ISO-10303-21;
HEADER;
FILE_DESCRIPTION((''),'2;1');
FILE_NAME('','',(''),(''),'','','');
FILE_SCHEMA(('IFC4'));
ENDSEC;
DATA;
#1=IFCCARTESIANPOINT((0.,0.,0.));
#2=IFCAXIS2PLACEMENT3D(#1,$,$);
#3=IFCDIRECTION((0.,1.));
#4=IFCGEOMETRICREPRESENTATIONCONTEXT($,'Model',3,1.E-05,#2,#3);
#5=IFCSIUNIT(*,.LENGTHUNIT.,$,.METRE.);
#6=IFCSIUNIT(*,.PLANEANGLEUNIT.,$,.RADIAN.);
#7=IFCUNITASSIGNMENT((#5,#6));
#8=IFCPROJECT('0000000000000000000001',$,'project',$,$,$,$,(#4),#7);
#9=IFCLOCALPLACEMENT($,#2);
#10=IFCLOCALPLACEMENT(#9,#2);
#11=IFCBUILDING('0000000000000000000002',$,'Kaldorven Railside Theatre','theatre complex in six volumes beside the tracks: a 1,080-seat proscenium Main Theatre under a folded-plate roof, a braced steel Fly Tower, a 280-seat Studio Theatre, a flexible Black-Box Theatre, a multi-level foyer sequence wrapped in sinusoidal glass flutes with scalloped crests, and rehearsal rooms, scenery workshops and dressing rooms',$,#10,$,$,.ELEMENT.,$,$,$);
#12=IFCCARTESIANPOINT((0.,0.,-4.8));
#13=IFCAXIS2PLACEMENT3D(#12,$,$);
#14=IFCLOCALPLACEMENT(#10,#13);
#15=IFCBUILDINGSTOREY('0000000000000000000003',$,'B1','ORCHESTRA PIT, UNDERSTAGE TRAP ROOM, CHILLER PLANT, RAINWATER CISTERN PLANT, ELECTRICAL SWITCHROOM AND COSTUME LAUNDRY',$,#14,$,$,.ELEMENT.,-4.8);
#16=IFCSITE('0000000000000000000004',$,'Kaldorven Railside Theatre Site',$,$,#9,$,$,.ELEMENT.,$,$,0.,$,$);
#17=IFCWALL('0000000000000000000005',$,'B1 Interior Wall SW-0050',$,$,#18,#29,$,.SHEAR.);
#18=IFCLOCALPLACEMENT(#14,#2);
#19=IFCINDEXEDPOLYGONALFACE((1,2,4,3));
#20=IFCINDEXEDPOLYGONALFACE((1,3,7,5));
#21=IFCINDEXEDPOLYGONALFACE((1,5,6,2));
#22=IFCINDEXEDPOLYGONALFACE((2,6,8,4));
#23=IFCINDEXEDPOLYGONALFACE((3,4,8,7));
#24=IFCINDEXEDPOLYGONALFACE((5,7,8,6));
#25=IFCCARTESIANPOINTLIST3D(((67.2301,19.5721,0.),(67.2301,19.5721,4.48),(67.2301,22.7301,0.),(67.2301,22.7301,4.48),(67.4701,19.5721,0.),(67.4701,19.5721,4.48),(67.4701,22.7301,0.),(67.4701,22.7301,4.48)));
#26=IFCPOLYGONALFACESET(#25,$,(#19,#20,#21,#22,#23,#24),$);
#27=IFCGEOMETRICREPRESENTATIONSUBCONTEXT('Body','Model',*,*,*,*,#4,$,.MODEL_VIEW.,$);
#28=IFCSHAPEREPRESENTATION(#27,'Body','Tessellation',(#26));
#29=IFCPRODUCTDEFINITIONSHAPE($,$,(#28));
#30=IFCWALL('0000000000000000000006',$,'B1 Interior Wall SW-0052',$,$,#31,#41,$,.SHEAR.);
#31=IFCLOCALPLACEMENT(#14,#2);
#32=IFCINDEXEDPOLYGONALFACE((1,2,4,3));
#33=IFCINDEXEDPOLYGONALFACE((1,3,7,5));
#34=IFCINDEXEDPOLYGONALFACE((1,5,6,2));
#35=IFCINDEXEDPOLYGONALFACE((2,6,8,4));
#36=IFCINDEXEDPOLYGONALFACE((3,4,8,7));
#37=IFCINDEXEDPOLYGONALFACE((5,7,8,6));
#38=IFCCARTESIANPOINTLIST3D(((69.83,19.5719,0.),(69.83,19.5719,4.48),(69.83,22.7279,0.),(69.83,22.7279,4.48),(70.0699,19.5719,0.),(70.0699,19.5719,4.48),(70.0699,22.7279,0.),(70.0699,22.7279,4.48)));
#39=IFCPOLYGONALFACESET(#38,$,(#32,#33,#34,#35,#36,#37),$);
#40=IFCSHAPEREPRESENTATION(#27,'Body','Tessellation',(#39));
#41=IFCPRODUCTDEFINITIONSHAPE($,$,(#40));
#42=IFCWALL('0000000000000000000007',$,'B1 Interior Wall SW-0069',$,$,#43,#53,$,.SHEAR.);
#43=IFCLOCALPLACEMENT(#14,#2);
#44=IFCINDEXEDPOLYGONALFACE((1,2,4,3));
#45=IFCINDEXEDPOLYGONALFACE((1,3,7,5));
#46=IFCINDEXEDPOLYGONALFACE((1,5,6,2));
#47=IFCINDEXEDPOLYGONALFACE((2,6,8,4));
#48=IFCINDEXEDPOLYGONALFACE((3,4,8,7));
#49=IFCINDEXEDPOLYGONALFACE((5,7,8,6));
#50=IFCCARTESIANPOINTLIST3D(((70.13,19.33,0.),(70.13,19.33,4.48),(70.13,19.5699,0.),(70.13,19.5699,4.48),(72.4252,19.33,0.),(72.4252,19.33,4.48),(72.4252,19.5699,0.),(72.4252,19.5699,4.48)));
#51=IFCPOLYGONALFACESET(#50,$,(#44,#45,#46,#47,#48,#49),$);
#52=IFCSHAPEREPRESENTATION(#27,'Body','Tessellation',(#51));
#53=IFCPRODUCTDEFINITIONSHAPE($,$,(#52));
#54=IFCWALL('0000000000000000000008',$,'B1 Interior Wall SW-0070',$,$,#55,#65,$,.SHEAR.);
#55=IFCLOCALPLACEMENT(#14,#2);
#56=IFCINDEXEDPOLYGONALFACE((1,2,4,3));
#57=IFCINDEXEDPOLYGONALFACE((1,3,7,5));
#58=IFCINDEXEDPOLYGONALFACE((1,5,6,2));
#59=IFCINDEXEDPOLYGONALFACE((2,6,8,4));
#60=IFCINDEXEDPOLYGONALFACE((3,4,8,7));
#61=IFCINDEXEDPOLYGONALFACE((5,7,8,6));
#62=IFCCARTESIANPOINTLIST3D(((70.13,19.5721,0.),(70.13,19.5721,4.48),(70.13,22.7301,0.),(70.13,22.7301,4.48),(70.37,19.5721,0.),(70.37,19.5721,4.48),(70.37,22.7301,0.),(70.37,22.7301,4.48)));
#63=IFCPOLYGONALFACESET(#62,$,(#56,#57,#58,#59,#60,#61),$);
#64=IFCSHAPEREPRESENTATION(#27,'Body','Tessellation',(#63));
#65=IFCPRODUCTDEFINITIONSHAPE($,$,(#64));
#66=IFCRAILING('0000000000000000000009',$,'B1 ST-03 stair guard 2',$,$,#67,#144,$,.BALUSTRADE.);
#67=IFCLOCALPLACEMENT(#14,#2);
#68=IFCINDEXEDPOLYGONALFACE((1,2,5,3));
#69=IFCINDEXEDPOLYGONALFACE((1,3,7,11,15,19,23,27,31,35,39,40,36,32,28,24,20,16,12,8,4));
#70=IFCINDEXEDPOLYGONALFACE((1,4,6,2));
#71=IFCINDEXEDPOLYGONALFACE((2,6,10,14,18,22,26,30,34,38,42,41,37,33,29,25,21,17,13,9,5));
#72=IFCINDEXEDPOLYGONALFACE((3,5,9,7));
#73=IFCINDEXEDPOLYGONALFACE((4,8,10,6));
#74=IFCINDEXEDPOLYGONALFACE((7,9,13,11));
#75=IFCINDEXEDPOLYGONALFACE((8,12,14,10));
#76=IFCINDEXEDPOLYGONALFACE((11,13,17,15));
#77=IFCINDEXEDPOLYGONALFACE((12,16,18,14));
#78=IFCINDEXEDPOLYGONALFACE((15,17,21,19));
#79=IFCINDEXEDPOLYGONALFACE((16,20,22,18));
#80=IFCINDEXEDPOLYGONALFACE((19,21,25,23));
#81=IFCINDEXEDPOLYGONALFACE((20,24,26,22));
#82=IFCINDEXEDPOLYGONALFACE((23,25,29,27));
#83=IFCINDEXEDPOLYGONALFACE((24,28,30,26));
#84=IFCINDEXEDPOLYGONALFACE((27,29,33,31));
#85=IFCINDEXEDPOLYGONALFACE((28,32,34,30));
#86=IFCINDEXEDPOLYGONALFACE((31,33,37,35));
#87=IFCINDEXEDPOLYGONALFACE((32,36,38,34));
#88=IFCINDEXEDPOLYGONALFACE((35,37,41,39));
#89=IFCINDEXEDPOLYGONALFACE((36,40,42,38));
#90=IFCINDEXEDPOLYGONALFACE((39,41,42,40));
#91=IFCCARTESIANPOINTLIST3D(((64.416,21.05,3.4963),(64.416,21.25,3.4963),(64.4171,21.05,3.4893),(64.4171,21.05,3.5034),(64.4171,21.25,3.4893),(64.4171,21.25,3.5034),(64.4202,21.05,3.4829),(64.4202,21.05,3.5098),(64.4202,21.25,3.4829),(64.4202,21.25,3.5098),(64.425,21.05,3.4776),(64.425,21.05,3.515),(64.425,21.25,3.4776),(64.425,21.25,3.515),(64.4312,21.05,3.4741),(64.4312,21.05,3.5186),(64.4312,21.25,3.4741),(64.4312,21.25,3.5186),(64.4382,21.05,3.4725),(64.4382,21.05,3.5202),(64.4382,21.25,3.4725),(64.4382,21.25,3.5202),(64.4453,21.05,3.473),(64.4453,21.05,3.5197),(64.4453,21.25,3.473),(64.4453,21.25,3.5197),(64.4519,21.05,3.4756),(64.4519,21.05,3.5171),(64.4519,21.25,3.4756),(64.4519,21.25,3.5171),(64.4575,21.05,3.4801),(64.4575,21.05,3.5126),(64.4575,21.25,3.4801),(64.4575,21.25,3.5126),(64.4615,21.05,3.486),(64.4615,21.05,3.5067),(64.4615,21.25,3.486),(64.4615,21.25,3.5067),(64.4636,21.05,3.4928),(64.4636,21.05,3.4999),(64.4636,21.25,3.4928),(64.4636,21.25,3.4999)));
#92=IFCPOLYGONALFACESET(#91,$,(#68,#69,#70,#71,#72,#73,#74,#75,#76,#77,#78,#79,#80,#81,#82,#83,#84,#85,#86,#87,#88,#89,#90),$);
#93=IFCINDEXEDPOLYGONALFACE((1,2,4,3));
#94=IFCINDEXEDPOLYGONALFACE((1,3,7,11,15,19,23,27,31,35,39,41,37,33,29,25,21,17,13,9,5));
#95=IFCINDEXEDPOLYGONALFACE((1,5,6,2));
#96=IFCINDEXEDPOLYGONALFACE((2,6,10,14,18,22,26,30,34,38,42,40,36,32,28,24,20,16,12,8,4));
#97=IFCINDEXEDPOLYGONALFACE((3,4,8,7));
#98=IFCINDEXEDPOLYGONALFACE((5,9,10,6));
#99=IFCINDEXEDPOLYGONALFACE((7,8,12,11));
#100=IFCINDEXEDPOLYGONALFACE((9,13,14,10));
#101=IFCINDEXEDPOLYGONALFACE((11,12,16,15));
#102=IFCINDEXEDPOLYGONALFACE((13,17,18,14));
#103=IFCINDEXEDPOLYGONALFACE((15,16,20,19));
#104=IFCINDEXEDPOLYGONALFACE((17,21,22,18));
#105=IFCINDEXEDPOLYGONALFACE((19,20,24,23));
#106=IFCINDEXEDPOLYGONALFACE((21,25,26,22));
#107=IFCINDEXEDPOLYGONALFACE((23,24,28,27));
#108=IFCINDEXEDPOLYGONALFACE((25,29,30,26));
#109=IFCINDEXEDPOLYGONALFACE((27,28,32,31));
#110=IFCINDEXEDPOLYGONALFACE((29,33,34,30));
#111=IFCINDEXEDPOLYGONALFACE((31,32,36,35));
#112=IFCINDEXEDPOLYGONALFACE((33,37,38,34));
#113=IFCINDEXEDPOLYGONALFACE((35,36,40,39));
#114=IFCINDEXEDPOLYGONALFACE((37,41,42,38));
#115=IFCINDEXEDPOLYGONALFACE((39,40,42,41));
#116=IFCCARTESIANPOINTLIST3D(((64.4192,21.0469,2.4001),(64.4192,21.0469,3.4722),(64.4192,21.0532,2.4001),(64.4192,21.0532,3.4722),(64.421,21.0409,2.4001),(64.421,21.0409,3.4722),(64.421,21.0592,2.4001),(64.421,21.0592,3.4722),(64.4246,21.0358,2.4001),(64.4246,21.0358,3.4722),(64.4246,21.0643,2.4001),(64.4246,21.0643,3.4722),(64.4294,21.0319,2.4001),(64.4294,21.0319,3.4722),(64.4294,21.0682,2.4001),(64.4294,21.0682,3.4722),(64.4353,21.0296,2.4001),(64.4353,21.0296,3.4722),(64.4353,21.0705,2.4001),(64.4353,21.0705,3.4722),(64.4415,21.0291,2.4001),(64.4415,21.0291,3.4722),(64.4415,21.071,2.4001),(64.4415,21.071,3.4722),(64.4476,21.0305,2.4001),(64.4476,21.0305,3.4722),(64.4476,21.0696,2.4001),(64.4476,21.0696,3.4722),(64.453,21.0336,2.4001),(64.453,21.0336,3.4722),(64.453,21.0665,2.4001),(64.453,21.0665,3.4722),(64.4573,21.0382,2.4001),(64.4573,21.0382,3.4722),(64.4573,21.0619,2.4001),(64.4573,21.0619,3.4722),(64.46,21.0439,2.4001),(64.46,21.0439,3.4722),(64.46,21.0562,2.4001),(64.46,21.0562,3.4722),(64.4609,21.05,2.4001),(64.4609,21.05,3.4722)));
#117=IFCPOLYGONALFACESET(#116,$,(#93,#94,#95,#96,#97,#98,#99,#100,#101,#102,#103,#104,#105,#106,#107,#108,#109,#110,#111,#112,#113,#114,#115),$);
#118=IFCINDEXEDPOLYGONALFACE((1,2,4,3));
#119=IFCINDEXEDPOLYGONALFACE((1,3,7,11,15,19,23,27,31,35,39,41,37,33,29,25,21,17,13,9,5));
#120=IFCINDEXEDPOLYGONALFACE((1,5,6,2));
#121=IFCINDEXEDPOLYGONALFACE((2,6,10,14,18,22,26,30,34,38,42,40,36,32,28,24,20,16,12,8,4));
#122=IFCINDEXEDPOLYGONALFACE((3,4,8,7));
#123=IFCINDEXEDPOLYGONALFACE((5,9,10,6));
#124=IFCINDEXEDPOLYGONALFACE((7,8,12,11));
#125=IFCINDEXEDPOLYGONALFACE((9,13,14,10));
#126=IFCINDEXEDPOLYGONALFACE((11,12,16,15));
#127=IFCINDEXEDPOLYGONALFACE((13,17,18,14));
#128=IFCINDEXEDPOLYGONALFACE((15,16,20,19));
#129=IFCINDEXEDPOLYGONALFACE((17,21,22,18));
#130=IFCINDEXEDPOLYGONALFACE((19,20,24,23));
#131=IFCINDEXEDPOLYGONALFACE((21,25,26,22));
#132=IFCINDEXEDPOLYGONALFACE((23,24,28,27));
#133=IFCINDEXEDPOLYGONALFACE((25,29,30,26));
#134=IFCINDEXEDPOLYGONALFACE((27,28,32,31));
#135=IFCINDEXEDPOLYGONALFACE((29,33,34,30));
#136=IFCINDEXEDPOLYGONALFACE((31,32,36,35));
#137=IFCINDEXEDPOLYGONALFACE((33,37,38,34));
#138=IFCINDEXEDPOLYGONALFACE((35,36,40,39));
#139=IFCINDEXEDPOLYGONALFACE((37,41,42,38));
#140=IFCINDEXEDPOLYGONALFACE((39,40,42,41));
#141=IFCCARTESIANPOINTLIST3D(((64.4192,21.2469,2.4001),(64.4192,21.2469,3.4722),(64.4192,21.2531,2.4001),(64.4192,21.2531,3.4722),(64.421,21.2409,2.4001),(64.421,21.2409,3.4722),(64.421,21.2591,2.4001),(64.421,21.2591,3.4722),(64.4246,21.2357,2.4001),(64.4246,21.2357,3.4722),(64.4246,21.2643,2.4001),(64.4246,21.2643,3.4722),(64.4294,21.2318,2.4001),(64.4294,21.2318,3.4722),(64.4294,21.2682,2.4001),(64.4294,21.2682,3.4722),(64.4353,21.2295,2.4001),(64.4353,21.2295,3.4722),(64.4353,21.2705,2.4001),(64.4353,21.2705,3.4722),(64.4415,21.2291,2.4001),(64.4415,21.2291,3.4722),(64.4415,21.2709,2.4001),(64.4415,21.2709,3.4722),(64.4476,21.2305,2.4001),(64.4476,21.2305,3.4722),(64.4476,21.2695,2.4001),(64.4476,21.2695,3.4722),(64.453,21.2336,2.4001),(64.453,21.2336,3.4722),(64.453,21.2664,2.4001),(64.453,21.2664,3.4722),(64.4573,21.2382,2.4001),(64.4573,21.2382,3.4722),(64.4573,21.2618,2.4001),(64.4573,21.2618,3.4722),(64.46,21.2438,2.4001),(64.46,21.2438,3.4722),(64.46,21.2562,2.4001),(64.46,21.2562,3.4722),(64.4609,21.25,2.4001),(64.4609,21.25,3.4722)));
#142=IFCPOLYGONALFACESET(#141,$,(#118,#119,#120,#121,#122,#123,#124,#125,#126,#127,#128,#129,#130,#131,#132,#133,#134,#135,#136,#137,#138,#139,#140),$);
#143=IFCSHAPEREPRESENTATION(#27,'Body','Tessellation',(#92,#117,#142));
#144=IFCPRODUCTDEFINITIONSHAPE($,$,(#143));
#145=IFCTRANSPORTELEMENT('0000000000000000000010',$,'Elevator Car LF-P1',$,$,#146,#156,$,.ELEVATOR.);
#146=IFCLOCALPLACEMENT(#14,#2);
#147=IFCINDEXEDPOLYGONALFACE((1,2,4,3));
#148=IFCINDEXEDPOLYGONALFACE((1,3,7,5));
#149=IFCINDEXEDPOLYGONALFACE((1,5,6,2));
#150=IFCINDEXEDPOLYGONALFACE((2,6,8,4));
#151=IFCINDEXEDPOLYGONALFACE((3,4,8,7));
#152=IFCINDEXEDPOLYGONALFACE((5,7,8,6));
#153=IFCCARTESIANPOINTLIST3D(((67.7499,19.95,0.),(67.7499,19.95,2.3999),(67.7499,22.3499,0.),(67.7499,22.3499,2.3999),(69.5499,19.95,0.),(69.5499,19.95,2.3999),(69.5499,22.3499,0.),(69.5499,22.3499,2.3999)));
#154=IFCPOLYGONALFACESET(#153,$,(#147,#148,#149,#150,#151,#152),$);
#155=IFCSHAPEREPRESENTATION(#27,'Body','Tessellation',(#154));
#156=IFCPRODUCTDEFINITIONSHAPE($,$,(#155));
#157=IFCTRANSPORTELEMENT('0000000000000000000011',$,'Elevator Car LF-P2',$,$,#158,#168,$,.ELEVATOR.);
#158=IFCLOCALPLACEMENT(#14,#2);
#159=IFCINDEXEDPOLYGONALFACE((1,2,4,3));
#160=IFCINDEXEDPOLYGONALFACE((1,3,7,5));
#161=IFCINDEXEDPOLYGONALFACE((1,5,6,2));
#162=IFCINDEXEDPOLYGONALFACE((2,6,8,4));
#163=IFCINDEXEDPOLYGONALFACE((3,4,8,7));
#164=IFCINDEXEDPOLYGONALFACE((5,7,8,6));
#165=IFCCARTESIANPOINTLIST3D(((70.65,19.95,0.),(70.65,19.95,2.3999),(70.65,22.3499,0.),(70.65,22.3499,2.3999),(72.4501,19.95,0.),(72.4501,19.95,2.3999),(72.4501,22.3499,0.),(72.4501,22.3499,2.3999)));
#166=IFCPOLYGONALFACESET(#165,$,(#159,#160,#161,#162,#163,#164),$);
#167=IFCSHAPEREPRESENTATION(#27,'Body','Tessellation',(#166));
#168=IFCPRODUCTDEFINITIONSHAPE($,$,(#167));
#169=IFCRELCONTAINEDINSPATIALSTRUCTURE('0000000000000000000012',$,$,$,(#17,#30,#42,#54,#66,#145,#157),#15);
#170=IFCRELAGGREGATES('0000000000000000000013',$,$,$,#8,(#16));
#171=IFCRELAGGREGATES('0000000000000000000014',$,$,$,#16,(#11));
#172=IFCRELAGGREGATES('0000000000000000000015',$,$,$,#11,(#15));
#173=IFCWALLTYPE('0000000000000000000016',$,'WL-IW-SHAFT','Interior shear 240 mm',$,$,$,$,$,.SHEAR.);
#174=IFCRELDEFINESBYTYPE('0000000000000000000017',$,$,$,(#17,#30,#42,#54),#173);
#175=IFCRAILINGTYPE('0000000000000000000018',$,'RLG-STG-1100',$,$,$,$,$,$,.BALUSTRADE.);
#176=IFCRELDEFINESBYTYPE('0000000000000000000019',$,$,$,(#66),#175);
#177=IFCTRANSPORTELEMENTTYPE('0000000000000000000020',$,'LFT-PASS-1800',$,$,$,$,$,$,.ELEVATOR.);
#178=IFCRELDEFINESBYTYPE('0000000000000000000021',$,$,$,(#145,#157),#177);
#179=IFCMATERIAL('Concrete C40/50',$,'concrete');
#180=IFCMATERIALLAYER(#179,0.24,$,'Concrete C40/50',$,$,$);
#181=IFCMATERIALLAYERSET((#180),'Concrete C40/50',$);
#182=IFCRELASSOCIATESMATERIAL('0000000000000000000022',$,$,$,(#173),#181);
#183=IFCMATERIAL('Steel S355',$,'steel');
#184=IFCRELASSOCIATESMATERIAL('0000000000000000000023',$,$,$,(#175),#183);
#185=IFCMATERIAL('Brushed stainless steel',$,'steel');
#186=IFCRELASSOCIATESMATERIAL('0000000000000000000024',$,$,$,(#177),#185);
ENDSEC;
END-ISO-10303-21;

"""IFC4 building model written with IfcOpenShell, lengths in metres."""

from ifc_helpers import new_model, si_unit, direction, frame, frame_2d, origin, origin_2d, place, context, subcontext, project, spatial, rectangle, circle, extrude, material, layer, layer_set, type_object, element, save


model = new_model("IFC4")

# Units and contexts
model_context = context("Model", 3, precision=1e-05, world=origin(), true_north=direction((0.0, 1.0)))
body_context = subcontext(model_context, "Body", "Model", "MODEL_VIEW")
ifc_project = project(units=[si_unit("LENGTHUNIT", "METRE"), si_unit("PLANEANGLEUNIT", "RADIAN")], contexts=[model_context])

# Site, building, storey
site_placement = place(None, origin())
site = spatial("IfcSite", under=ifc_project, at=site_placement, Name="Kaldorven Railside Theatre Site", CompositionType="ELEMENT", RefElevation=0.0)
building_placement = place(site_placement, origin())
building = spatial("IfcBuilding", under=site, at=building_placement, Name="Kaldorven Railside Theatre", Description="theatre complex in six volumes beside the tracks: a 1,080-seat proscenium Main Theatre under a folded-plate roof, a braced steel Fly Tower, a 280-seat Studio Theatre, a flexible Black-Box Theatre, a multi-level foyer sequence wrapped in sinusoidal glass flutes with scalloped crests, and rehearsal rooms, scenery workshops and dressing rooms", CompositionType="ELEMENT")
storey_placement = place(building_placement, frame((0.0, 0.0, -4.8)))
storey = spatial("IfcBuildingStorey", under=building, at=storey_placement, Name="B1", Description="ORCHESTRA PIT, UNDERSTAGE TRAP ROOM, CHILLER PLANT, RAINWATER CISTERN PLANT, ELECTRICAL SWITCHROOM AND COSTUME LAUNDRY", CompositionType="ELEMENT", Elevation=-4.8)

# Shared definitions
ifc_material_1 = material(Name="Concrete C40/50", Category="concrete")

# Wall
ifc_layer_1 = layer(ifc_material_1, 0.24, Name="Concrete C40/50")
ifc_layer_set_1 = layer_set([ifc_layer_1], Name="Concrete C40/50")
wall_type_1 = type_object("IfcWallType", Name="WL-IW-SHAFT", Description="Interior shear 240 mm", PredefinedType="SHEAR", material=ifc_layer_set_1)
wall_1_placement = place(storey_placement, frame((67.3501, 19.572, 0.0), z_axis=(0.0, 0.0, 1.0), x_axis=(0.0, 1.0, 0.0)))
element("IfcWall", 1, at=wall_1_placement, inside=storey, type_object=wall_type_1, Name="B1 Interior Wall SW-0050", PredefinedType="SHEAR", context=body_context, shape_type="SweptSolid", body=[
    extrude(rectangle(XDim=3.158, YDim=0.24, at=frame_2d((1.5791, 0.0))), origin(), (0.0, 0.0, 1.0), 4.48),
])

# Walls
wall_2_placement = place(storey_placement, frame((69.95, 22.728, 0.0), z_axis=(0.0, 0.0, 1.0), x_axis=(0.0, -1.0, 0.0)))
element("IfcWall", 2, at=wall_2_placement, inside=storey, type_object=wall_type_1, Name="B1 Interior Wall SW-0052", PredefinedType="SHEAR", context=body_context, shape_type="SweptSolid", body=[
    extrude(rectangle(XDim=3.156, YDim=0.24, at=frame_2d((1.5781, 0.0))), origin(), (0.0, 0.0, 1.0), 4.48),
])
wall_3_placement = place(storey_placement, frame((72.425, 19.45, 0.0), z_axis=(0.0, 0.0, 1.0), x_axis=(-1.0, 0.0, 0.0)))
element("IfcWall", 3, at=wall_3_placement, inside=storey, type_object=wall_type_1, Name="B1 Interior Wall SW-0069", PredefinedType="SHEAR", context=body_context, shape_type="SweptSolid", body=[
    extrude(rectangle(XDim=2.2952, YDim=0.24, at=frame_2d((1.1475, 0.0))), origin(), (0.0, 0.0, 1.0), 4.48),
])
wall_4_placement = place(storey_placement, frame((70.25, 19.572, 0.0), z_axis=(0.0, 0.0, 1.0), x_axis=(0.0, 1.0, 0.0)))
element("IfcWall", 4, at=wall_4_placement, inside=storey, type_object=wall_type_1, Name="B1 Interior Wall SW-0070", PredefinedType="SHEAR", context=body_context, shape_type="SweptSolid", body=[
    extrude(rectangle(XDim=3.158, YDim=0.24, at=frame_2d((1.5791, 0.0))), origin(), (0.0, 0.0, 1.0), 4.48),
])

# Railing
ifc_material_2 = material(Name="Steel S355", Category="steel")
railing_type = type_object("IfcRailingType", Name="RLG-STG-1100", PredefinedType="BALUSTRADE", material=ifc_material_2)
railing_placement = place(storey_placement, frame((64.4399, 21.05, 2.4001)))
element("IfcRailing", 5, at=railing_placement, inside=storey, type_object=railing_type, Name="B1 ST-03 stair guard 2", PredefinedType="BALUSTRADE", context=body_context, shape_type="SweptSolid", body=[
    extrude(circle(Radius=0.0239, at=origin_2d()), frame((0.0, 0.0, 1.0962), z_axis=(0.0, 1.0, 0.0), x_axis=(-1.0, 0.0, 0.0)), (0.0, 0.0, 1.0), 0.2),
    extrude(circle(Radius=0.021, at=origin_2d()), origin(), (0.0, 0.0, 1.0), 1.072),
    extrude(circle(Radius=0.021, at=origin_2d()), frame((0.0, 0.2, 0.0)), (0.0, 0.0, 1.0), 1.072),
])

# Transport elements
ifc_material_3 = material(Name="Brushed stainless steel", Category="steel")
transport_element_type = type_object("IfcTransportElementType", Name="LFT-PASS-1800", PredefinedType="ELEVATOR", material=ifc_material_3)
for number, where, z_axis, x_axis, name in (
    (6, (68.6499, 21.1499, 0.0), (0.0, 0.0, 1.0), (1.0, 0.0, 0.0), "Elevator Car LF-P1"),
    (7, (71.55, 21.1499, 0.0), (0.0, 0.0, 1.0), (1.0, 0.0, 0.0), "Elevator Car LF-P2"),
):
    element("IfcTransportElement", number, at=place(storey_placement, frame(where, z_axis=z_axis, x_axis=x_axis)), inside=storey, type_object=transport_element_type, Name=name, PredefinedType="ELEVATOR", context=body_context, shape_type="SweptSolid", body=[
        extrude(rectangle(XDim=1.8, YDim=2.3999, at=origin_2d()), origin(), (0.0, 0.0, 1.0), 2.3999),
    ])

save(model, "model.ifc")
